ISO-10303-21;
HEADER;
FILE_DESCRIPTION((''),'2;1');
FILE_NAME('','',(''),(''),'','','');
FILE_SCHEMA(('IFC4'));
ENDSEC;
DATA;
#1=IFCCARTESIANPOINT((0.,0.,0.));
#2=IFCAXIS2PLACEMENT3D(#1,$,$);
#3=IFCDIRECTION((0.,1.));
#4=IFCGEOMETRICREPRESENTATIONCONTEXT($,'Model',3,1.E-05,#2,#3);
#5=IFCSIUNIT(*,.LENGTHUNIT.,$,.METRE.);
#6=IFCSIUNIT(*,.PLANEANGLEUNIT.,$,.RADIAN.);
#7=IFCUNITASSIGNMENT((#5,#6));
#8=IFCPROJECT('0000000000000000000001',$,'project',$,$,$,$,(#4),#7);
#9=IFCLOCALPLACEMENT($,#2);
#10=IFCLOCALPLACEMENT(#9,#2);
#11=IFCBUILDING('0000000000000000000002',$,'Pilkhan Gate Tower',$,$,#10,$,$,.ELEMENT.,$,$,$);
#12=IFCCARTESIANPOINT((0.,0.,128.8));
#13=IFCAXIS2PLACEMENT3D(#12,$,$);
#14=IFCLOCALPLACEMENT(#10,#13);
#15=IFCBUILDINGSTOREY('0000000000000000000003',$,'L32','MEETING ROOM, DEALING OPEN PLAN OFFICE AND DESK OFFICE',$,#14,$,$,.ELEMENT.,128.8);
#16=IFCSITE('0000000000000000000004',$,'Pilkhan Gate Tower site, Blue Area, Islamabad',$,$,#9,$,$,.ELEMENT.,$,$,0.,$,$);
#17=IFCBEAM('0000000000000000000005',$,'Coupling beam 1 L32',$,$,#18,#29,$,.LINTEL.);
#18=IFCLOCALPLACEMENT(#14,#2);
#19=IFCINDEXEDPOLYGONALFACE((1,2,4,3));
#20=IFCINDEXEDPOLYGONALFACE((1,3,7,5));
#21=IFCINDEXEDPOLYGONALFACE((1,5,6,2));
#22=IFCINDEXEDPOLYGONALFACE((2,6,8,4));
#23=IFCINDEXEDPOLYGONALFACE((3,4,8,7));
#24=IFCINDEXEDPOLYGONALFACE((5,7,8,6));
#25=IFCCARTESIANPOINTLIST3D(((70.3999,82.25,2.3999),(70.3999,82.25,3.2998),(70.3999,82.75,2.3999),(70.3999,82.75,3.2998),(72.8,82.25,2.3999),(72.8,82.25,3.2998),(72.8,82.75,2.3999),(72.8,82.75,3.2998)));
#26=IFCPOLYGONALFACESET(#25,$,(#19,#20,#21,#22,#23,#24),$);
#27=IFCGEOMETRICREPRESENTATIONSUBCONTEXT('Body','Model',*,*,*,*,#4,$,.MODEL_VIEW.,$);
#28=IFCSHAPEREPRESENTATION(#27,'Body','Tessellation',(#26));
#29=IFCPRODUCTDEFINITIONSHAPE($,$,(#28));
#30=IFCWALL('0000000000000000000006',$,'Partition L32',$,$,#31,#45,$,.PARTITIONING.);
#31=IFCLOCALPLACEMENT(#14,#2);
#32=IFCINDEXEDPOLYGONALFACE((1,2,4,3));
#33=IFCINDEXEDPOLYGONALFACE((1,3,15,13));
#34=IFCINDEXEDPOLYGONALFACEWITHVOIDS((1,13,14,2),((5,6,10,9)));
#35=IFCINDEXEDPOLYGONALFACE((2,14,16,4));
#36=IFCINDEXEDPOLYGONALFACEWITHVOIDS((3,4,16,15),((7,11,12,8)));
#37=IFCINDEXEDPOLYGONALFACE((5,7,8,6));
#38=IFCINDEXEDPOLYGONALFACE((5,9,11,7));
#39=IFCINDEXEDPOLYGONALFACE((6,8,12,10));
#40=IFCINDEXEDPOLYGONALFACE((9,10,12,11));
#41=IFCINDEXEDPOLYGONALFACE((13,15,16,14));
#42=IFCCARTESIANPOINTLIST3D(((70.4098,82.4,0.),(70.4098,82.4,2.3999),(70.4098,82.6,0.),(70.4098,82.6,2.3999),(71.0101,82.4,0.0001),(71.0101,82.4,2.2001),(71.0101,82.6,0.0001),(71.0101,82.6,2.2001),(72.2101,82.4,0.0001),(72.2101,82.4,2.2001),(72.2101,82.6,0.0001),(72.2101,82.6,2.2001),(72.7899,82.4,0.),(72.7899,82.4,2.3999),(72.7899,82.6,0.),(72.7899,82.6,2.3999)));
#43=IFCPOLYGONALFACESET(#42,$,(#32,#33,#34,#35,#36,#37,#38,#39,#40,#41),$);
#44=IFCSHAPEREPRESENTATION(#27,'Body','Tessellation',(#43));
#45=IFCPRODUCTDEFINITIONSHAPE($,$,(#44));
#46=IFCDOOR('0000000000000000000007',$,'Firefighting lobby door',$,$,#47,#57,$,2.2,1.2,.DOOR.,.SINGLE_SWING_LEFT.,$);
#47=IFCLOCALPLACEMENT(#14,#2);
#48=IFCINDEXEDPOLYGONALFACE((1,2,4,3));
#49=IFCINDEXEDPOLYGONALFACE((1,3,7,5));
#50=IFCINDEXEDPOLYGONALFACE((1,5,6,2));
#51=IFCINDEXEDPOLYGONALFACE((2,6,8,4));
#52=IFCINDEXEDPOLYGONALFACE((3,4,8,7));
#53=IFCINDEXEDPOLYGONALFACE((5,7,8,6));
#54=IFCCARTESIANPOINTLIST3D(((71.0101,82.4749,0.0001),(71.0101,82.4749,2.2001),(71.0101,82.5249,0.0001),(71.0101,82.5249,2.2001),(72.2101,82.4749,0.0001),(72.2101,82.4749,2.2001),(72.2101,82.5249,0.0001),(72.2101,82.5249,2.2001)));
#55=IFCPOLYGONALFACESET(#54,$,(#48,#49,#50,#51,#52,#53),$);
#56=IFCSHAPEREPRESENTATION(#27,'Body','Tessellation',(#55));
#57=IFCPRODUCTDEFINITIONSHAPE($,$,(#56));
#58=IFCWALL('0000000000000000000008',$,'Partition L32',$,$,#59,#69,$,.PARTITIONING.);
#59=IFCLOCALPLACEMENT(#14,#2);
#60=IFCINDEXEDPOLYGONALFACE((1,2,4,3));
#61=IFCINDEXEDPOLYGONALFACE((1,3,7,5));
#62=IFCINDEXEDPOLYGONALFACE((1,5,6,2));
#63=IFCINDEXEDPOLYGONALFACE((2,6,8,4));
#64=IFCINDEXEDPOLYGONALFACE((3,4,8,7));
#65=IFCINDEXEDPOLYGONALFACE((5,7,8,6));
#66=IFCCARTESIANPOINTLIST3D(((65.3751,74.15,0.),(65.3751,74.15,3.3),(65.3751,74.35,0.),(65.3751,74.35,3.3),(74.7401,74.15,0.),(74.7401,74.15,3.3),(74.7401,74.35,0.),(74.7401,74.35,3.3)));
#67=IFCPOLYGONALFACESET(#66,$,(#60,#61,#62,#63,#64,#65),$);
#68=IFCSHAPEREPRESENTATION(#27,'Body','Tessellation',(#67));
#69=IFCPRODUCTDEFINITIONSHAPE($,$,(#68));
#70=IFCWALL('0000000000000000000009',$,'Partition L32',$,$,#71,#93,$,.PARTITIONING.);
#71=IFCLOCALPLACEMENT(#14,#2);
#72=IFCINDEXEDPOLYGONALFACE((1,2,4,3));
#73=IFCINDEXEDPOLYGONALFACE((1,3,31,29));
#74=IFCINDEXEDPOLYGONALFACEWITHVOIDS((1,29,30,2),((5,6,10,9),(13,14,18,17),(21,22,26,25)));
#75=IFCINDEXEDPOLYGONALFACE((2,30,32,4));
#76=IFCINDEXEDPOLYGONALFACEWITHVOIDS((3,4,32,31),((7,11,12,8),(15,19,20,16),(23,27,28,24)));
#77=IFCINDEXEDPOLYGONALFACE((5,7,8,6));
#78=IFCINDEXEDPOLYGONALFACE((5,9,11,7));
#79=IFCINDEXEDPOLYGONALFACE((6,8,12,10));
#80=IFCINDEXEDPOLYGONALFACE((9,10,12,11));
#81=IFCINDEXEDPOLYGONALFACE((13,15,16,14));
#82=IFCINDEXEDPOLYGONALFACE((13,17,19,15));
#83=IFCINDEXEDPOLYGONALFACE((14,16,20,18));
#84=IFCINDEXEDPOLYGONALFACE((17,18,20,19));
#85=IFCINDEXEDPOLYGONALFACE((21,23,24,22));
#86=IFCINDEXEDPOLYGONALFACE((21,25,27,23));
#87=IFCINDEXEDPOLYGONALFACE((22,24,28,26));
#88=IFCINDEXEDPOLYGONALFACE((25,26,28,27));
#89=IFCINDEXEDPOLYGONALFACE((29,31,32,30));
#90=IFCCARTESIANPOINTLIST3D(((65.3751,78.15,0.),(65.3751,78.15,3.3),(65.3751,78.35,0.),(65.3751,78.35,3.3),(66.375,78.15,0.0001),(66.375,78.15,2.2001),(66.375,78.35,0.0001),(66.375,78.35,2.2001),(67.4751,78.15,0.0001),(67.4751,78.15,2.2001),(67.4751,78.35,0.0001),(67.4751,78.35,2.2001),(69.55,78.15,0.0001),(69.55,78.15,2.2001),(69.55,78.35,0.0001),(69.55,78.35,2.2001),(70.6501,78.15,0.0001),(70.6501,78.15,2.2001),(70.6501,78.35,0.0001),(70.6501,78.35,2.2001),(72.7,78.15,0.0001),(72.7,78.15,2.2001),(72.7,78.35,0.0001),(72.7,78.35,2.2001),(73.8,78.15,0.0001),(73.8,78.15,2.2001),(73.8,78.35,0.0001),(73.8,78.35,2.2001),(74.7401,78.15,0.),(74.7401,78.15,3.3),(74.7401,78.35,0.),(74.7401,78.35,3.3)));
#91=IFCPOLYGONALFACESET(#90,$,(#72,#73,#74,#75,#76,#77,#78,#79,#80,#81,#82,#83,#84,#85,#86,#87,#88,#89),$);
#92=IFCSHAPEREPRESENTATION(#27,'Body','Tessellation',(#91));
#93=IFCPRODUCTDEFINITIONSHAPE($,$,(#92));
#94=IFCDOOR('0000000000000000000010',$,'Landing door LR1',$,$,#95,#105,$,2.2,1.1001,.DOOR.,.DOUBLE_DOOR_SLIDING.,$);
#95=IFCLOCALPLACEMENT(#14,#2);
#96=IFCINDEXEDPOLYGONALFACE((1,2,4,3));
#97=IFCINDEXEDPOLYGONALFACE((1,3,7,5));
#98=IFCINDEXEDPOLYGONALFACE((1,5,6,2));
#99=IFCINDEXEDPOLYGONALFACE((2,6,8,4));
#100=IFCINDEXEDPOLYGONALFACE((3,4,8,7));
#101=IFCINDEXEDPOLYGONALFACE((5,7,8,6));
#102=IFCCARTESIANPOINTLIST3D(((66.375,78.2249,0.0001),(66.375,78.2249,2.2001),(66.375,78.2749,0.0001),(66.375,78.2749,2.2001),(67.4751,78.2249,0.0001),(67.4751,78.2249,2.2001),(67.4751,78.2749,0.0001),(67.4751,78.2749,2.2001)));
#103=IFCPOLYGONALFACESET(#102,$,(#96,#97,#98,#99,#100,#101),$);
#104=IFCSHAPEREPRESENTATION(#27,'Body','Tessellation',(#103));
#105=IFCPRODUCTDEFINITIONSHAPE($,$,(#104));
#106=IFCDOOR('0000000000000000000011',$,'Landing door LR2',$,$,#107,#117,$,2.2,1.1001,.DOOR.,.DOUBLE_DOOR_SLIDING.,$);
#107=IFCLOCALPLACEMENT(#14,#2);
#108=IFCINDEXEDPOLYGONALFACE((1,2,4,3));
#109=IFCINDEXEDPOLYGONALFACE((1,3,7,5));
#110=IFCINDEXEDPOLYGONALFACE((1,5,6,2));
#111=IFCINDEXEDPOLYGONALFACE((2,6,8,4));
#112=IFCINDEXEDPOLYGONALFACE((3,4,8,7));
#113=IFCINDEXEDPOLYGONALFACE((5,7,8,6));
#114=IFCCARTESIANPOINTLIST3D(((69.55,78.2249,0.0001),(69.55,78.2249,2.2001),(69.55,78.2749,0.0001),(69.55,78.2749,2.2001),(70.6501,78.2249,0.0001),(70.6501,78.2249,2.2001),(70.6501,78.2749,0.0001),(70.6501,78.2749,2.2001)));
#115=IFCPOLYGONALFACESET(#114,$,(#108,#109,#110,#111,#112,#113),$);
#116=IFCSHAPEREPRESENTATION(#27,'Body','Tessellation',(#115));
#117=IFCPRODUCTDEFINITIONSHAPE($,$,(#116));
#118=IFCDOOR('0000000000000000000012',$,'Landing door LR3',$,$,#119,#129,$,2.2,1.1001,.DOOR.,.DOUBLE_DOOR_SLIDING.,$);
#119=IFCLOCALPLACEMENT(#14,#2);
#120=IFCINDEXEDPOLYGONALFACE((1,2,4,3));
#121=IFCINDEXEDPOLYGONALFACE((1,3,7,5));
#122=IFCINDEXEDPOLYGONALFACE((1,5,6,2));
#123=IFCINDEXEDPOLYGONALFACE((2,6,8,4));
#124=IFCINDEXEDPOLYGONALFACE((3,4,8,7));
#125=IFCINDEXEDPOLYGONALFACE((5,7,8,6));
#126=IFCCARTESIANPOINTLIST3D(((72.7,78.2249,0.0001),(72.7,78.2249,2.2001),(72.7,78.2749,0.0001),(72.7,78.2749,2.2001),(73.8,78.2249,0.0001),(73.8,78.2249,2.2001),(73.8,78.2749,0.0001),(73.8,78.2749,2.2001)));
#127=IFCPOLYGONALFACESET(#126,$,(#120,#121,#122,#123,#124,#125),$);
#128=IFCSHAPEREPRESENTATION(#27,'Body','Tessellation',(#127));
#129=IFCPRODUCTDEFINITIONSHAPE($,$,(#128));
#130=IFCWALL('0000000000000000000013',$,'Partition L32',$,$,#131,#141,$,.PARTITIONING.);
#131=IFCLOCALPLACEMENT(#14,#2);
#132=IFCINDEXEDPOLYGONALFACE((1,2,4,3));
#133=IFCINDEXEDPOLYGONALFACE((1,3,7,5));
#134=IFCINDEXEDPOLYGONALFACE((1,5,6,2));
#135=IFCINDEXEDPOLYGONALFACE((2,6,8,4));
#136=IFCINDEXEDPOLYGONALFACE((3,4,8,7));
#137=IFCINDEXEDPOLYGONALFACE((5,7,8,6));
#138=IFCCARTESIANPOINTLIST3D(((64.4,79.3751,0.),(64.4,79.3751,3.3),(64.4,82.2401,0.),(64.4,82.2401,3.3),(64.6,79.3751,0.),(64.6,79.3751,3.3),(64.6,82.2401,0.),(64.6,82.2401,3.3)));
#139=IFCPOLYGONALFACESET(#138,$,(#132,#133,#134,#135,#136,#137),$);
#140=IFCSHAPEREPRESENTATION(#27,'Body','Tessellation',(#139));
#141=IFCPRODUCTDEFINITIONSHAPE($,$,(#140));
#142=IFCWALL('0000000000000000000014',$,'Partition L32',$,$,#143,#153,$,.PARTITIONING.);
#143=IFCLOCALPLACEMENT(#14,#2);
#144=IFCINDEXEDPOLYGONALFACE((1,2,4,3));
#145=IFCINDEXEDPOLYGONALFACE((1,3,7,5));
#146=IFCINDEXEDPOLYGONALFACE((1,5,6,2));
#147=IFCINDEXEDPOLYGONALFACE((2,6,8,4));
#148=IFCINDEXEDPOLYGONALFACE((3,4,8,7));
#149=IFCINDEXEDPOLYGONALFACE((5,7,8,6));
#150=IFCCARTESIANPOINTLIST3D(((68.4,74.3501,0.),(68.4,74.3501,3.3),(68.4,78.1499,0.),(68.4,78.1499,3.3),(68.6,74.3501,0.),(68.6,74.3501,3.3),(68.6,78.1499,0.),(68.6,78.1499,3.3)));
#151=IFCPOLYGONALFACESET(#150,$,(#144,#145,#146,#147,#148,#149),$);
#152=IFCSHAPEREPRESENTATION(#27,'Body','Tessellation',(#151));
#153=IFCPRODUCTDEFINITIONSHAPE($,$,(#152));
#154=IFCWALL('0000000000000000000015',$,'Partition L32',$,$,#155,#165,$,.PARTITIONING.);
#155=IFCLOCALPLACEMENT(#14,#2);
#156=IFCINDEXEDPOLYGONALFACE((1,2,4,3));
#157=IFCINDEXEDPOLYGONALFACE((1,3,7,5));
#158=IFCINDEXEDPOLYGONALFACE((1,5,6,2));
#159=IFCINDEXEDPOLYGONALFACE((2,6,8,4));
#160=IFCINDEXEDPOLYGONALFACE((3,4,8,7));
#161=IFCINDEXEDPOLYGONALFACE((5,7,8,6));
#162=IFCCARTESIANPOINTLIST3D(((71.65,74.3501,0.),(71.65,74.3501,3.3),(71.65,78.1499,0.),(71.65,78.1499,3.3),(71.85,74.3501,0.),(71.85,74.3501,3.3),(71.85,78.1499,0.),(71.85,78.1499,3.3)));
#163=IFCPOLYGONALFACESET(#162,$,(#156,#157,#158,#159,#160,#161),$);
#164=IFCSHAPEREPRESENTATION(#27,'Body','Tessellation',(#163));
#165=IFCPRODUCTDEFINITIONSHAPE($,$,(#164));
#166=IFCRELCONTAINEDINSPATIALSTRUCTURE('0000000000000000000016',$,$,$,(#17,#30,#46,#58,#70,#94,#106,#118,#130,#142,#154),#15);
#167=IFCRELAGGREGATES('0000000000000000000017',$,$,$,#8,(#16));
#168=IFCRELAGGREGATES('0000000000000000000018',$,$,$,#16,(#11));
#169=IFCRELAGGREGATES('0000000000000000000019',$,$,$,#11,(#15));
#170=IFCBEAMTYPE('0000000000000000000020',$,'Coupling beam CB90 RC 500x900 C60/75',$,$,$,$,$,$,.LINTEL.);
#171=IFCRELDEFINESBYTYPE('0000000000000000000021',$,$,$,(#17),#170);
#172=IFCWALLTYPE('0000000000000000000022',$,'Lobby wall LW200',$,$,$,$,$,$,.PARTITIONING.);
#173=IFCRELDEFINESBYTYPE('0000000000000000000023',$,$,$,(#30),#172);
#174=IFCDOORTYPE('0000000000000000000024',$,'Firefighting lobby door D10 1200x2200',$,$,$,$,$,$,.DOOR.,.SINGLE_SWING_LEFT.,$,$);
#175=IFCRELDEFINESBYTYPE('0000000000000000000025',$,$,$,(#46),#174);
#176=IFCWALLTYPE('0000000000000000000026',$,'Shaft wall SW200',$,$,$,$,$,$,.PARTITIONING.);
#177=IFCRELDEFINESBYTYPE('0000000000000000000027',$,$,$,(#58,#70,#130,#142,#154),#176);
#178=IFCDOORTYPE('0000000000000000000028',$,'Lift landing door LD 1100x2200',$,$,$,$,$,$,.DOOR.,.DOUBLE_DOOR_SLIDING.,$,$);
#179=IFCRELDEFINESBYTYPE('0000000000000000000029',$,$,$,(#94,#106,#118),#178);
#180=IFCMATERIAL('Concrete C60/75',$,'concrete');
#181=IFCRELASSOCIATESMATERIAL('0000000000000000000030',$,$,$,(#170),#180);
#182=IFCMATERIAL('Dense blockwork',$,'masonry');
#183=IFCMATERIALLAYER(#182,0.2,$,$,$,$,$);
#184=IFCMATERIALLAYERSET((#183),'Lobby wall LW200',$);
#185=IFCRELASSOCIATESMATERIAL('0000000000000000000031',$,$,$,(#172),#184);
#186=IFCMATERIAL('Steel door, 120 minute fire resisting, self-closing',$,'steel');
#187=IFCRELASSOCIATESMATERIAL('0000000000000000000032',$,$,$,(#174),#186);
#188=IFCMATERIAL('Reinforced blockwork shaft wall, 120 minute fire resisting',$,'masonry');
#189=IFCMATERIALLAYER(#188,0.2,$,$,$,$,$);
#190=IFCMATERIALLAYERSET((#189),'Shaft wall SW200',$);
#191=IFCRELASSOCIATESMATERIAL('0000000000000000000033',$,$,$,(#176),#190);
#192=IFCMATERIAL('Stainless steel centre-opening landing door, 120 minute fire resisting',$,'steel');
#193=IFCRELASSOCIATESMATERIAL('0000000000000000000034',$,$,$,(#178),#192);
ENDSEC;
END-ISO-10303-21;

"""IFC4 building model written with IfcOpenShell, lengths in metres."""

from ifc_helpers import new_model, si_unit, direction, frame, frame_2d, origin, origin_2d, place, context, subcontext, project, spatial, rectangle, extrude, material, layer, layer_set, material_profile, profile_set, type_object, element, fill, save


model = new_model("IFC4")

# Units and contexts
model_context = context("Model", 3, precision=1e-05, world=origin(), true_north=direction((0.0, 1.0)))
body_context = subcontext(model_context, "Body", "Model", "MODEL_VIEW")
ifc_project = project(units=[si_unit("LENGTHUNIT", "METRE"), si_unit("PLANEANGLEUNIT", "RADIAN")], contexts=[model_context])

# Site, building, storey
site_placement = place(None, origin())
site = spatial("IfcSite", under=ifc_project, at=site_placement, Name="Pilkhan Gate Tower site, Blue Area, Islamabad", CompositionType="ELEMENT", RefElevation=0.0)
building_placement = place(site_placement, origin())
building = spatial("IfcBuilding", under=site, at=building_placement, Name="Pilkhan Gate Tower", CompositionType="ELEMENT")
storey_placement = place(building_placement, frame((0.0, 0.0, 128.8)))
storey = spatial("IfcBuildingStorey", under=building, at=storey_placement, Name="L32", Description="MEETING ROOM, DEALING OPEN PLAN OFFICE AND DESK OFFICE", CompositionType="ELEMENT", Elevation=128.8)

# Beam
ifc_material_1 = material(Name="Concrete C60/75", Category="concrete")
ifc_material_profile = material_profile(ifc_material_1, rectangle(XDim=0.5, YDim=0.8999, at=origin_2d()), Name="RC 500x900")
ifc_profile_set = profile_set([ifc_material_profile], Name="Concrete C60/75")
beam_type = type_object("IfcBeamType", Name="Coupling beam CB90 RC 500x900 C60/75", PredefinedType="LINTEL", material=ifc_profile_set)
beam_placement = place(storey_placement, frame((70.3999, 82.5, 2.8499), z_axis=(1.0, 0.0, 0.0), x_axis=(0.0, 1.0, 0.0)))
element("IfcBeam", 1, at=beam_placement, inside=storey, type_object=beam_type, Name="Coupling beam 1 L32", PredefinedType="LINTEL", context=body_context, shape_type="SweptSolid", body=[
    extrude(rectangle(XDim=0.5, YDim=0.8999, at=origin_2d()), origin(), (0.0, 0.0, 1.0), 2.4001),
])

# Wall, opening, door
ifc_material_2 = material(Name="Dense blockwork", Category="masonry")
ifc_layer_1 = layer(ifc_material_2, 0.2)
ifc_layer_set_1 = layer_set([ifc_layer_1], Name="Lobby wall LW200")
wall_type_1 = type_object("IfcWallType", Name="Lobby wall LW200", PredefinedType="PARTITIONING", material=ifc_layer_set_1)
wall_1_placement = place(storey_placement, frame((70.4099, 82.5, 0.0), z_axis=(0.0, 0.0, 1.0), x_axis=(1.0, 0.0, 0.0)))
wall_1 = element("IfcWall", 2, at=wall_1_placement, inside=storey, type_object=wall_type_1, Name="Partition L32", PredefinedType="PARTITIONING", context=body_context, shape_type="SweptSolid", body=[
    extrude(rectangle(XDim=2.3801, YDim=0.2, at=frame_2d((1.1899, 0.0))), origin(), (0.0, 0.0, 1.0), 2.3999),
])
opening_1_placement = place(wall_1_placement, frame((0.6001, 0.0, 0.0)))
opening_1 = element("IfcOpeningElement", 3, at=opening_1_placement, cuts=wall_1, PredefinedType="OPENING", context=body_context, shape_type="SweptSolid", body=[
    extrude(rectangle(XDim=1.2, YDim=2.2, at=frame_2d((0.6001, 1.1001))), frame((0.0, 0.1099, 0.0), z_axis=(0.0, -1.0, 0.0), x_axis=(1.0, 0.0, 0.0)), (0.0, 0.0, 1.0), 0.22),
])
ifc_material_3 = material(Name="Steel door, 120 minute fire resisting, self-closing", Category="steel")
door_type_1 = type_object("IfcDoorType", Name="Firefighting lobby door D10 1200x2200", OperationType="SINGLE_SWING_LEFT", PredefinedType="DOOR", material=ifc_material_3)
door_1_placement = place(opening_1_placement, origin())
door_1 = element("IfcDoor", 4, at=door_1_placement, inside=storey, type_object=door_type_1, Name="Firefighting lobby door", OperationType="SINGLE_SWING_LEFT", OverallHeight=2.2, OverallWidth=1.2, PredefinedType="DOOR", context=body_context, shape_type="SweptSolid", body=[
    extrude(rectangle(XDim=1.2, YDim=2.2, at=frame_2d((0.6001, 1.1001))), frame((0.0, 0.0249, 0.0), z_axis=(0.0, -1.0, 0.0), x_axis=(1.0, 0.0, 0.0)), (0.0, 0.0, 1.0), 0.05),
])
fill(opening_1, door_1)

# Wall
ifc_material_4 = material(Name="Reinforced blockwork shaft wall, 120 minute fire resisting", Category="masonry")
ifc_layer_2 = layer(ifc_material_4, 0.2)
ifc_layer_set_2 = layer_set([ifc_layer_2], Name="Shaft wall SW200")
wall_type_2 = type_object("IfcWallType", Name="Shaft wall SW200", PredefinedType="PARTITIONING", material=ifc_layer_set_2)
wall_2_placement = place(storey_placement, frame((65.375, 74.25, 0.0), z_axis=(0.0, 0.0, 1.0), x_axis=(1.0, 0.0, 0.0)))
element("IfcWall", 5, at=wall_2_placement, inside=storey, type_object=wall_type_2, Name="Partition L32", PredefinedType="PARTITIONING", context=body_context, shape_type="SweptSolid", body=[
    extrude(rectangle(XDim=9.365, YDim=0.2, at=frame_2d((4.6826, 0.0))), origin(), (0.0, 0.0, 1.0), 3.3),
])

# Wall, openings, doors
wall_3_placement = place(storey_placement, frame((65.375, 78.25, 0.0), z_axis=(0.0, 0.0, 1.0), x_axis=(1.0, 0.0, 0.0)))
wall_3 = element("IfcWall", 6, at=wall_3_placement, inside=storey, type_object=wall_type_2, Name="Partition L32", PredefinedType="PARTITIONING", context=body_context, shape_type="SweptSolid", body=[
    extrude(rectangle(XDim=9.365, YDim=0.2, at=frame_2d((4.6826, 0.0))), origin(), (0.0, 0.0, 1.0), 3.3),
])
opening_2_placement = place(wall_3_placement, frame((1.0, 0.0, 0.0)))
opening_2 = element("IfcOpeningElement", 7, at=opening_2_placement, cuts=wall_3, PredefinedType="OPENING", context=body_context, shape_type="SweptSolid", body=[
    extrude(rectangle(XDim=1.1001, YDim=2.2, at=frame_2d((0.55, 1.1001))), frame((0.0, 0.1099, 0.0), z_axis=(0.0, -1.0, 0.0), x_axis=(1.0, 0.0, 0.0)), (0.0, 0.0, 1.0), 0.22),
])
opening_3_placement = place(wall_3_placement, frame((4.175, 0.0, 0.0)))
opening_3 = element("IfcOpeningElement", 8, at=opening_3_placement, cuts=wall_3, PredefinedType="OPENING", context=body_context, shape_type="SweptSolid", body=[
    extrude(rectangle(XDim=1.1001, YDim=2.2, at=frame_2d((0.55, 1.1001))), frame((0.0, 0.1099, 0.0), z_axis=(0.0, -1.0, 0.0), x_axis=(1.0, 0.0, 0.0)), (0.0, 0.0, 1.0), 0.22),
])
opening_4_placement = place(wall_3_placement, frame((7.325, 0.0, 0.0)))
opening_4 = element("IfcOpeningElement", 9, at=opening_4_placement, cuts=wall_3, PredefinedType="OPENING", context=body_context, shape_type="SweptSolid", body=[
    extrude(rectangle(XDim=1.1001, YDim=2.2, at=frame_2d((0.55, 1.1001))), frame((0.0, 0.1099, 0.0), z_axis=(0.0, -1.0, 0.0), x_axis=(1.0, 0.0, 0.0)), (0.0, 0.0, 1.0), 0.22),
])
ifc_material_5 = material(Name="Stainless steel centre-opening landing door, 120 minute fire resisting", Category="steel")
door_type_2 = type_object("IfcDoorType", Name="Lift landing door LD 1100x2200", OperationType="DOUBLE_DOOR_SLIDING", PredefinedType="DOOR", material=ifc_material_5)
door_2_placement = place(opening_2_placement, origin())
door_2 = element("IfcDoor", 10, at=door_2_placement, inside=storey, type_object=door_type_2, Name="Landing door LR1", OperationType="DOUBLE_DOOR_SLIDING", OverallHeight=2.2, OverallWidth=1.1001, PredefinedType="DOOR", context=body_context, shape_type="SweptSolid", body=[
    extrude(rectangle(XDim=1.1001, YDim=2.2, at=frame_2d((0.55, 1.1001))), frame((0.0, 0.0249, 0.0), z_axis=(0.0, -1.0, 0.0), x_axis=(1.0, 0.0, 0.0)), (0.0, 0.0, 1.0), 0.05),
])
fill(opening_2, door_2)
door_3_placement = place(opening_3_placement, origin())
door_3 = element("IfcDoor", 11, at=door_3_placement, inside=storey, type_object=door_type_2, Name="Landing door LR2", OperationType="DOUBLE_DOOR_SLIDING", OverallHeight=2.2, OverallWidth=1.1001, PredefinedType="DOOR", context=body_context, shape_type="SweptSolid", body=[
    extrude(rectangle(XDim=1.1001, YDim=2.2, at=frame_2d((0.55, 1.1001))), frame((0.0, 0.0249, 0.0), z_axis=(0.0, -1.0, 0.0), x_axis=(1.0, 0.0, 0.0)), (0.0, 0.0, 1.0), 0.05),
])
fill(opening_3, door_3)
door_4_placement = place(opening_4_placement, origin())
door_4 = element("IfcDoor", 12, at=door_4_placement, inside=storey, type_object=door_type_2, Name="Landing door LR3", OperationType="DOUBLE_DOOR_SLIDING", OverallHeight=2.2, OverallWidth=1.1001, PredefinedType="DOOR", context=body_context, shape_type="SweptSolid", body=[
    extrude(rectangle(XDim=1.1001, YDim=2.2, at=frame_2d((0.55, 1.1001))), frame((0.0, 0.0249, 0.0), z_axis=(0.0, -1.0, 0.0), x_axis=(1.0, 0.0, 0.0)), (0.0, 0.0, 1.0), 0.05),
])
fill(opening_4, door_4)

# Walls
wall_4_placement = place(storey_placement, frame((64.5, 79.375, 0.0), z_axis=(0.0, 0.0, 1.0), x_axis=(0.0, 1.0, 0.0)))
element("IfcWall", 13, at=wall_4_placement, inside=storey, type_object=wall_type_2, Name="Partition L32", PredefinedType="PARTITIONING", context=body_context, shape_type="SweptSolid", body=[
    extrude(rectangle(XDim=2.865, YDim=0.2, at=frame_2d((1.4326, 0.0))), origin(), (0.0, 0.0, 1.0), 3.3),
])
for number, where, z_axis, x_axis, name in (
    (14, (68.5, 74.3501, 0.0), (0.0, 0.0, 1.0), (0.0, 1.0, 0.0), "Partition L32"),
    (15, (71.75, 74.3501, 0.0), (0.0, 0.0, 1.0), (0.0, 1.0, 0.0), "Partition L32"),
):
    element("IfcWall", number, at=place(storey_placement, frame(where, z_axis=z_axis, x_axis=x_axis)), inside=storey, type_object=wall_type_2, Name=name, PredefinedType="PARTITIONING", context=body_context, shape_type="SweptSolid", body=[
        extrude(rectangle(XDim=3.7998, YDim=0.2, at=frame_2d((1.8999, 0.0))), origin(), (0.0, 0.0, 1.0), 3.3),
    ])

save(model, "model.ifc")
